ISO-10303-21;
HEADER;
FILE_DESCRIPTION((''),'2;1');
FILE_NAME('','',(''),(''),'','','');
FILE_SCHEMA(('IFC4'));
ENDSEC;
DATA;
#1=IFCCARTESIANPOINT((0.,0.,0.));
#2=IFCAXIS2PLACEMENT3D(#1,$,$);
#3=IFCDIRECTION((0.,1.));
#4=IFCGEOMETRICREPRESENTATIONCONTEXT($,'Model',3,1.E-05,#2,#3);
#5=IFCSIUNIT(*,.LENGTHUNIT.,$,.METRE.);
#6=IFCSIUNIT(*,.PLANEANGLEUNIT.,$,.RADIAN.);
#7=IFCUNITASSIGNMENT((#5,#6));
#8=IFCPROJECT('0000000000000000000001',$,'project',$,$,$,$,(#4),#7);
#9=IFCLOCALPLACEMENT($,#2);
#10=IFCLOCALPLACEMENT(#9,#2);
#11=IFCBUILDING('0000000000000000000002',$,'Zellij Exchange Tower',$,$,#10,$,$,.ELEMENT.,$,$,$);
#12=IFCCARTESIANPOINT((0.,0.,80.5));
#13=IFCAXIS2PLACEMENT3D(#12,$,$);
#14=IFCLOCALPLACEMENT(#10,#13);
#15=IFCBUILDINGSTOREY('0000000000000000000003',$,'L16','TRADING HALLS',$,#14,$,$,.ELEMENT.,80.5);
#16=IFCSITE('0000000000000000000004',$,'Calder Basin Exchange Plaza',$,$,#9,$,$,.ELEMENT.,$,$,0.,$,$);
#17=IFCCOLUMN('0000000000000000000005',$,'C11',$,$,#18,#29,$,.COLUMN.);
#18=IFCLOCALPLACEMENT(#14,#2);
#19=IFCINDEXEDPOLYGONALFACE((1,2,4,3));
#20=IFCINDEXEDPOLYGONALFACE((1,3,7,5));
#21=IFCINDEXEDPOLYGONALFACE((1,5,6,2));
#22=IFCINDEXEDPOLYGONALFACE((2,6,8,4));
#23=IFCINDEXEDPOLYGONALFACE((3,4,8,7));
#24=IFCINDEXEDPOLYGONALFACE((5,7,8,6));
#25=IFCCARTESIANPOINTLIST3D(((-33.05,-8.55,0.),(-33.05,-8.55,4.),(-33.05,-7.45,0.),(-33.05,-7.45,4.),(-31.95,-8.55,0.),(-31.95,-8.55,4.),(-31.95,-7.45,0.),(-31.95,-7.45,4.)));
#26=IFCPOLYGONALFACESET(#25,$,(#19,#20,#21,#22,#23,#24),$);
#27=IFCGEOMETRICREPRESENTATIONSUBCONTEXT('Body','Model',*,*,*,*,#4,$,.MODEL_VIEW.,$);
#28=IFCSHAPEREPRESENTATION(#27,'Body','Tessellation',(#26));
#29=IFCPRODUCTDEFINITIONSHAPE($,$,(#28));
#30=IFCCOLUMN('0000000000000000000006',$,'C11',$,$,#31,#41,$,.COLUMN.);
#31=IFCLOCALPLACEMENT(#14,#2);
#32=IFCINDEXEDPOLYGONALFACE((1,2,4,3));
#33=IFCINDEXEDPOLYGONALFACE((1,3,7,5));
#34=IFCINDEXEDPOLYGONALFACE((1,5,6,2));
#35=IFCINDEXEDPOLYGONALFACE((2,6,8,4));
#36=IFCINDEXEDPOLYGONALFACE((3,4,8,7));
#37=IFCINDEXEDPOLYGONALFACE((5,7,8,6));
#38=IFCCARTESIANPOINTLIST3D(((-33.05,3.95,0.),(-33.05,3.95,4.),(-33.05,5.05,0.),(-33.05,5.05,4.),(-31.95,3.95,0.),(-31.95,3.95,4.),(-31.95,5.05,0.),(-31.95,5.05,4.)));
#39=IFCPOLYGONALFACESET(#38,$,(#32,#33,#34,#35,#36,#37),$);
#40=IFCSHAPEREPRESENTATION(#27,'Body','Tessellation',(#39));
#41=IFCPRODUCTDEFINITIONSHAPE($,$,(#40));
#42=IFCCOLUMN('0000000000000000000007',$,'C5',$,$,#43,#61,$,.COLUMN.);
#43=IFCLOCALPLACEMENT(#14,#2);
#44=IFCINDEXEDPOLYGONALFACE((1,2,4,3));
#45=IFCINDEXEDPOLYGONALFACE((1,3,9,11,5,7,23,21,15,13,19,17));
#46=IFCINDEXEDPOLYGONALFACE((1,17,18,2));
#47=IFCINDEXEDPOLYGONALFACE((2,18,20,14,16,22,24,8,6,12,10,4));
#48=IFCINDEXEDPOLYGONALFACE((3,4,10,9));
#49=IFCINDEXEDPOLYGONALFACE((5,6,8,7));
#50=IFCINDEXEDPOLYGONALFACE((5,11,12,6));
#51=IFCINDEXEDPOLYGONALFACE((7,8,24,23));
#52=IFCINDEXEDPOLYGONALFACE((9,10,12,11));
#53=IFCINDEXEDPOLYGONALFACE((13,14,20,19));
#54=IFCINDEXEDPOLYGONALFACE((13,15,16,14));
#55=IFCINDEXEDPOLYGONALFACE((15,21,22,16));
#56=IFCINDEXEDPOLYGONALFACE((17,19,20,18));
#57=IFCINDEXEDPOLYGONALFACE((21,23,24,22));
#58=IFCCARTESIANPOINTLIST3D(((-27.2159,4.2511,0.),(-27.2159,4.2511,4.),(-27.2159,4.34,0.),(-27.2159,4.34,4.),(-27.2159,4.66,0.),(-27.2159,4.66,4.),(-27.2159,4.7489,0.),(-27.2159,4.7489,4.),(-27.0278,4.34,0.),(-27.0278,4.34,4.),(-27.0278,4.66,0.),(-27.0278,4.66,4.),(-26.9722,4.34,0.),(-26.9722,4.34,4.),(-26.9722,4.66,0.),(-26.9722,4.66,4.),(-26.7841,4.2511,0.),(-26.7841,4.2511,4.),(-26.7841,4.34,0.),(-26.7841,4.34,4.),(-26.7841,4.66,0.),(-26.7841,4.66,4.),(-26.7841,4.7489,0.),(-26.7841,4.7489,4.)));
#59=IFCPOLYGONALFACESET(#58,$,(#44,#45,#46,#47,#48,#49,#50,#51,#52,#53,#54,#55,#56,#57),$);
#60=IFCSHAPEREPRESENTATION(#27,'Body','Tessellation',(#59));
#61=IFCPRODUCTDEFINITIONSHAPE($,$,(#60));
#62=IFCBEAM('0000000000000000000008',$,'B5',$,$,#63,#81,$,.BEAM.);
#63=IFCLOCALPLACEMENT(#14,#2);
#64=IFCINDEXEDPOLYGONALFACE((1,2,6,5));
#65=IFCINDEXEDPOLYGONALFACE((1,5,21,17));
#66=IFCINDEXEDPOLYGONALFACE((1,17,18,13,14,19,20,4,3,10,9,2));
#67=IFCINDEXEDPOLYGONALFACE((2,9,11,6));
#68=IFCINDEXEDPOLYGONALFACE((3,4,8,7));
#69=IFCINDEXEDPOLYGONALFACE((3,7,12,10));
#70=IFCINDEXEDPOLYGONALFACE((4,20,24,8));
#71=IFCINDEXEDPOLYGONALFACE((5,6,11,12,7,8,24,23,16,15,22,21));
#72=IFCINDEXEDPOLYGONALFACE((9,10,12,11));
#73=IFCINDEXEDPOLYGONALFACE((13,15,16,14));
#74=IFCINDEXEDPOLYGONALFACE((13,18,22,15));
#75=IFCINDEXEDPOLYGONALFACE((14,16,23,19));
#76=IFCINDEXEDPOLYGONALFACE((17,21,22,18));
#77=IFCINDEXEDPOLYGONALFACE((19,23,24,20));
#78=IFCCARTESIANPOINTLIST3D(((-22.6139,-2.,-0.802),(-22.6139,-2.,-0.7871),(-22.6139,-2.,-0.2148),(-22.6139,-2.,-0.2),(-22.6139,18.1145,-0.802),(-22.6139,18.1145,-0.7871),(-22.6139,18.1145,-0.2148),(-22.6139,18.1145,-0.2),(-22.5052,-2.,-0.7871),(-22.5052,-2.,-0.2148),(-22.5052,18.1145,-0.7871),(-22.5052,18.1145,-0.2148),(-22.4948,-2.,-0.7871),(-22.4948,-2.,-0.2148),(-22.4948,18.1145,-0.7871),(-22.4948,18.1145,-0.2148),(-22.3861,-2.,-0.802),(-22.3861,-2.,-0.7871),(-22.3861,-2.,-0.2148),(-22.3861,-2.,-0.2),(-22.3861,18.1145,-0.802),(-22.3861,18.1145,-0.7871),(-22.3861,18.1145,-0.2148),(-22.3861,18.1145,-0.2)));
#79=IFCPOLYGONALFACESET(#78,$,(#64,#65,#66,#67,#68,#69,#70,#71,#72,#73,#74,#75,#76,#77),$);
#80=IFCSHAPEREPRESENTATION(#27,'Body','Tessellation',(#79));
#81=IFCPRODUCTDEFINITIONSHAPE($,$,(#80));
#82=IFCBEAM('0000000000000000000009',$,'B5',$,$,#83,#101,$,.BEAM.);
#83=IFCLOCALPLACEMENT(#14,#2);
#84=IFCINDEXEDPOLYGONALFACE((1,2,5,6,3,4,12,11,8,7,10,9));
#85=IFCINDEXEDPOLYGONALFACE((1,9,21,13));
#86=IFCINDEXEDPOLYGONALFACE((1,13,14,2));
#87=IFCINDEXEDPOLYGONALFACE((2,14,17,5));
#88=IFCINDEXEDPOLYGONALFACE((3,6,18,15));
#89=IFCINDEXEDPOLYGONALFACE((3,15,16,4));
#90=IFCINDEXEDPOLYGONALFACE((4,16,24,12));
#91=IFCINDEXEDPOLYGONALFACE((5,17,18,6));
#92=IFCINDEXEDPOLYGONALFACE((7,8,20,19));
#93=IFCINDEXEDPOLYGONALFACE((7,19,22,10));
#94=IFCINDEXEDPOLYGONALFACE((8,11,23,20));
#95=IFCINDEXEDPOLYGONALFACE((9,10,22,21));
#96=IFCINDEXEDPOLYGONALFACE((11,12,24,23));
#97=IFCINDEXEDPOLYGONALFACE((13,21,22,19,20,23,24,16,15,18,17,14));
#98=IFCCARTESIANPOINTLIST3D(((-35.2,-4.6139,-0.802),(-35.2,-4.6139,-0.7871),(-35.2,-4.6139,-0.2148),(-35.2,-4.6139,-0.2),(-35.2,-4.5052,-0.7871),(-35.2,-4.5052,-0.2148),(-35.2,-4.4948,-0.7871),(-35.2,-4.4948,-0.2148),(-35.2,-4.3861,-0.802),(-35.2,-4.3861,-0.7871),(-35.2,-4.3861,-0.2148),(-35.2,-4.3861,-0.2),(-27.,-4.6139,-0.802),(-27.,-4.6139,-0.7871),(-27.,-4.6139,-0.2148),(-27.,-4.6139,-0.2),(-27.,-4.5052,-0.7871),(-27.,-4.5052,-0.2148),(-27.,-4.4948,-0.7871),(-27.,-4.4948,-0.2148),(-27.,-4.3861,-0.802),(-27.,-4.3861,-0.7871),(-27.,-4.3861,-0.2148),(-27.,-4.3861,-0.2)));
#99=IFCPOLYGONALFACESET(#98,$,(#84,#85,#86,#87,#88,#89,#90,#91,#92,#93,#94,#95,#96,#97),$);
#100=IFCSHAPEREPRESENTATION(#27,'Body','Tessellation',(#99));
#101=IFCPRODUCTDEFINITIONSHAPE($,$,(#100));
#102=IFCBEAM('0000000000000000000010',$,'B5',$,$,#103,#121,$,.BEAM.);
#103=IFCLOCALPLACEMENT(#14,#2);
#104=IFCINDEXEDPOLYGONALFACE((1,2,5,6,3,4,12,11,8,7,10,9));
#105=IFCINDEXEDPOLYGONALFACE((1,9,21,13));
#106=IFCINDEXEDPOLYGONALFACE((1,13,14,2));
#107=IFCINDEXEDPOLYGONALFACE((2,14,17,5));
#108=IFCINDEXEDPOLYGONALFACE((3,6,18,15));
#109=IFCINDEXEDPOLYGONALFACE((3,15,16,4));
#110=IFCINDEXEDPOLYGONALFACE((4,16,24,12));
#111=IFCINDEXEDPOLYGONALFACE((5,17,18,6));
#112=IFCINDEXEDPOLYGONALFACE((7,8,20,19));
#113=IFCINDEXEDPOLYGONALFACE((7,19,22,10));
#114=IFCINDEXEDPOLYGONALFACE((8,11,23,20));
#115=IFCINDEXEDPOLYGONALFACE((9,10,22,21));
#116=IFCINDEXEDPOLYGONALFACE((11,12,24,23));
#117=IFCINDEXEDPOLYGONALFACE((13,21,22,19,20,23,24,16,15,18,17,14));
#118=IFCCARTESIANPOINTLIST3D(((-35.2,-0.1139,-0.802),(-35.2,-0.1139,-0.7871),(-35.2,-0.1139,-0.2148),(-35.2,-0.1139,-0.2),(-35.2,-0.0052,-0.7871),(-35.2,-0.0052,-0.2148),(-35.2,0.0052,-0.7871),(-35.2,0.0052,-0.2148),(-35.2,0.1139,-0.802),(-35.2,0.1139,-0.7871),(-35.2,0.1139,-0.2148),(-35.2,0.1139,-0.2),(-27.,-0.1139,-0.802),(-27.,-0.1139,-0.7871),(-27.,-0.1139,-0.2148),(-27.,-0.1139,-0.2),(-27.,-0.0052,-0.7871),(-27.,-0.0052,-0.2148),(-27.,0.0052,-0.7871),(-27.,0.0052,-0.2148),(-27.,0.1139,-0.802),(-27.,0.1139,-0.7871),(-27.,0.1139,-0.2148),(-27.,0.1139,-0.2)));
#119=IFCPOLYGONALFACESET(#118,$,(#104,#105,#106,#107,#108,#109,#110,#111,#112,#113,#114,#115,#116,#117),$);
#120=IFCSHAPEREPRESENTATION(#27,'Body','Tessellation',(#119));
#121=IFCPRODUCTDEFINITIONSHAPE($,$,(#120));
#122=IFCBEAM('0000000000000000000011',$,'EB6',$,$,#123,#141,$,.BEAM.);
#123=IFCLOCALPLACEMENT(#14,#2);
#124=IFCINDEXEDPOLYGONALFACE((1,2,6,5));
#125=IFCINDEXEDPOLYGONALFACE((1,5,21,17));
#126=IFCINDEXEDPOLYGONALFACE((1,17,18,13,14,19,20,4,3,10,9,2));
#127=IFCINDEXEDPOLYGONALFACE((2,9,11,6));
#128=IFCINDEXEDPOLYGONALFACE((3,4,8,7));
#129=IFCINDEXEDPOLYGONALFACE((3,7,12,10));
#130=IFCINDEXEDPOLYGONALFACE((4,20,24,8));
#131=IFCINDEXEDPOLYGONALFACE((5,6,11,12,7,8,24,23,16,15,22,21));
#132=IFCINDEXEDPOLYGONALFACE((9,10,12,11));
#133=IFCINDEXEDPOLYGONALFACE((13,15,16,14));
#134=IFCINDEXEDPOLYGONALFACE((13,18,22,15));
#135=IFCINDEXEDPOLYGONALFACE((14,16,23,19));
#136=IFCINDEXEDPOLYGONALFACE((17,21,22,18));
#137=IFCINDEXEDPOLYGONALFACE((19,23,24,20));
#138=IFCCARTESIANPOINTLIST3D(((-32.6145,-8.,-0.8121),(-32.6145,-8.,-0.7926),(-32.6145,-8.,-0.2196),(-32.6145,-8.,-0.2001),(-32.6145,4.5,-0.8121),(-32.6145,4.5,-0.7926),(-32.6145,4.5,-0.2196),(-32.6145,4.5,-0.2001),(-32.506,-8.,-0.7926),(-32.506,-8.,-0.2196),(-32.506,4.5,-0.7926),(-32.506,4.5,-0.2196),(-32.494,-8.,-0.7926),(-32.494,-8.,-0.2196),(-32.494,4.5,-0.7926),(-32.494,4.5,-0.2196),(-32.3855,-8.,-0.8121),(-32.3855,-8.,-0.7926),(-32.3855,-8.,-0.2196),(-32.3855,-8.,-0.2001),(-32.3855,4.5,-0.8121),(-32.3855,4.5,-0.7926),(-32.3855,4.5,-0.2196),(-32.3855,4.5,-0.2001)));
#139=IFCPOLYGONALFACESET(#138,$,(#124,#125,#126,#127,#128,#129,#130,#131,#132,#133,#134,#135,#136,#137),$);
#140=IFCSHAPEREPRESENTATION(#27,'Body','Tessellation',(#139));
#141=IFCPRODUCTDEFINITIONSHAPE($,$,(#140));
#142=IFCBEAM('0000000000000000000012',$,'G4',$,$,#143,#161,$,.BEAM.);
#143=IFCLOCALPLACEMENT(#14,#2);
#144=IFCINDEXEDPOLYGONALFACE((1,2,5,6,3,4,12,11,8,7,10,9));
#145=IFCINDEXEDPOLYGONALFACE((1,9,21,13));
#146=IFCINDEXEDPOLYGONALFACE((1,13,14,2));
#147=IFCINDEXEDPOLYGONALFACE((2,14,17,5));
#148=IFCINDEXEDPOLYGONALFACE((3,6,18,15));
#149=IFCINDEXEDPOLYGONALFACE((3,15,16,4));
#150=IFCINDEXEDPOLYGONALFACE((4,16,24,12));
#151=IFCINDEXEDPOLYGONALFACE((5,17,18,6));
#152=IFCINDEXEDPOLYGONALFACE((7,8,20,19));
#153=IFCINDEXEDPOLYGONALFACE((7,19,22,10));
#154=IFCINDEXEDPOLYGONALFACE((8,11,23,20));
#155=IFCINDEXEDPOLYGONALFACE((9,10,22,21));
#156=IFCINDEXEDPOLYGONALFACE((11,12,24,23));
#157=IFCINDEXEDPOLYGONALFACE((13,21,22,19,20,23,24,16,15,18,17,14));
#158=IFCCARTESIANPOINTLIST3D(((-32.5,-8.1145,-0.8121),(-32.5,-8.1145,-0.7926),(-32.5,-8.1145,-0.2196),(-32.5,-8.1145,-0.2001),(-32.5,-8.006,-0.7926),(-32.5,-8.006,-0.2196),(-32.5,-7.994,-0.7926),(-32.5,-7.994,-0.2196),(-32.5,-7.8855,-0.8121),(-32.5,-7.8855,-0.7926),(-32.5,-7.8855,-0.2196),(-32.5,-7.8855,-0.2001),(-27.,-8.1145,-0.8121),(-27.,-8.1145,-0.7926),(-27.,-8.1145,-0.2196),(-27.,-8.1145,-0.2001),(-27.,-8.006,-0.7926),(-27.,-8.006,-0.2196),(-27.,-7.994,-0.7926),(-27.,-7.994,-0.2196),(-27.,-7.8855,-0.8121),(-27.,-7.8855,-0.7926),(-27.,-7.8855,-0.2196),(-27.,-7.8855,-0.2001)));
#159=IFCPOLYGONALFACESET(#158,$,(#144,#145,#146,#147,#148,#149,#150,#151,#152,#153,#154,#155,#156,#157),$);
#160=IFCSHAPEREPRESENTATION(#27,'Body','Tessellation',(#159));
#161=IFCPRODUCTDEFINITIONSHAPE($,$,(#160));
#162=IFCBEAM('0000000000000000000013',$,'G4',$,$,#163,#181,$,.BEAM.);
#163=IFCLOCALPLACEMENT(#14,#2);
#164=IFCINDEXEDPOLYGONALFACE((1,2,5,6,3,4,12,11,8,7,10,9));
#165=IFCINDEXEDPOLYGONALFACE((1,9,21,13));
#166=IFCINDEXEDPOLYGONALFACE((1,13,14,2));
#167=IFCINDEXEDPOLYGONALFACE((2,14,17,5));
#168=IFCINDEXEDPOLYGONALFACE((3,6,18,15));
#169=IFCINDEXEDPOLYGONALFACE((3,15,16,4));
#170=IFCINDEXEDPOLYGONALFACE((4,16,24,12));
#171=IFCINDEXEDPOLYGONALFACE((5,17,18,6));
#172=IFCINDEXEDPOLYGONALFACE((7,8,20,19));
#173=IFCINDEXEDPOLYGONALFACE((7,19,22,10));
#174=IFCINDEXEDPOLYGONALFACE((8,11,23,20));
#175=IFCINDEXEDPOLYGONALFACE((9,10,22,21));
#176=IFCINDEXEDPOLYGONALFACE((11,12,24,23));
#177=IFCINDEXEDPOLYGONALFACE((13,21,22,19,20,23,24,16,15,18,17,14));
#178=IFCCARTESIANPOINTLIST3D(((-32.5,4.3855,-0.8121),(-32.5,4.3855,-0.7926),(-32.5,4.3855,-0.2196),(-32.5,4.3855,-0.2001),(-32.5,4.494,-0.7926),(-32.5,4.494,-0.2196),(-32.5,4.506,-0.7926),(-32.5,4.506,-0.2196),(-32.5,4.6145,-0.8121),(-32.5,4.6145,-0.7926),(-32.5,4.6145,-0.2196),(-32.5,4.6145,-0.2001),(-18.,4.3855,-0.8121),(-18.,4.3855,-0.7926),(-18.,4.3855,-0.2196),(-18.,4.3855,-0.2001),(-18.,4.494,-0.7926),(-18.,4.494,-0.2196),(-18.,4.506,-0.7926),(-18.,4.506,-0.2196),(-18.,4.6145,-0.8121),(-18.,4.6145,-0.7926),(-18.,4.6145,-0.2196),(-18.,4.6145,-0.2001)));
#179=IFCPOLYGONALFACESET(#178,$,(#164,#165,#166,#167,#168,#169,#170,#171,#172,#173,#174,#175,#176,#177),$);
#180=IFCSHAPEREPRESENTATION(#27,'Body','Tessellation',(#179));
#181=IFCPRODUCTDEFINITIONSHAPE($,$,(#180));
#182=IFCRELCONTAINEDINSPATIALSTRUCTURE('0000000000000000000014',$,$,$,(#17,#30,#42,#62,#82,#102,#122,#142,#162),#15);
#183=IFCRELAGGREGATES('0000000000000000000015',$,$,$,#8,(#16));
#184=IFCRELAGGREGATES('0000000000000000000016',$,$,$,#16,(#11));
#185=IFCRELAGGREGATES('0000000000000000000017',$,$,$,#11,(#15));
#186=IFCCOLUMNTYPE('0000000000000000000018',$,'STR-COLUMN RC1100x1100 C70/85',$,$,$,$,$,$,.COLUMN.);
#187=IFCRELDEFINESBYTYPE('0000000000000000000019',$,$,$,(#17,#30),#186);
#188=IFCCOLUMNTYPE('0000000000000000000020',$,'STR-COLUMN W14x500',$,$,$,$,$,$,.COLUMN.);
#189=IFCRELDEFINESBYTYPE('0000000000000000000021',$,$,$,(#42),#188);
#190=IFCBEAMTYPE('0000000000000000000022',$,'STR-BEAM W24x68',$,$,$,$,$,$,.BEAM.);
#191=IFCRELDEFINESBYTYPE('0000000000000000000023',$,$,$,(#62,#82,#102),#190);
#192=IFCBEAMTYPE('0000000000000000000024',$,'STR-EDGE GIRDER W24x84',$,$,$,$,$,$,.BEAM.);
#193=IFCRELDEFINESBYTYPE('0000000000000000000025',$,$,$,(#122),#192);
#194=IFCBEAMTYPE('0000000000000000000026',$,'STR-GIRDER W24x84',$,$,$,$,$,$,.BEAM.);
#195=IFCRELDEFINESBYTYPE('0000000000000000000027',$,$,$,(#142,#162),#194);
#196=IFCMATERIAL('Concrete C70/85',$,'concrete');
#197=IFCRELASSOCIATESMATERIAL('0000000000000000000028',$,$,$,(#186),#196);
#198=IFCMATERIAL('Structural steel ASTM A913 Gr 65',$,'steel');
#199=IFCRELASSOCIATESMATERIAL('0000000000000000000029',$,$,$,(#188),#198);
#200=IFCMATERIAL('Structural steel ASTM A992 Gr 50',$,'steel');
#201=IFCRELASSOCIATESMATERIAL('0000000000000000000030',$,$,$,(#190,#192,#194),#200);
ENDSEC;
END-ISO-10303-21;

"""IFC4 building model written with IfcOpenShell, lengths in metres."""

from ifc_helpers import new_model, si_unit, direction, frame, origin, origin_2d, place, context, subcontext, project, spatial, rectangle, i_section, extrude, material, material_profile, profile_set, type_object, element, save


model = new_model("IFC4")

# Units and contexts
model_context = context("Model", 3, precision=1e-05, world=origin(), true_north=direction((0.0, 1.0)))
body_context = subcontext(model_context, "Body", "Model", "MODEL_VIEW")
ifc_project = project(units=[si_unit("LENGTHUNIT", "METRE"), si_unit("PLANEANGLEUNIT", "RADIAN")], contexts=[model_context])

# Site, building, storey
site_placement = place(None, origin())
site = spatial("IfcSite", under=ifc_project, at=site_placement, Name="Calder Basin Exchange Plaza", CompositionType="ELEMENT", RefElevation=0.0)
building_placement = place(site_placement, origin())
building = spatial("IfcBuilding", under=site, at=building_placement, Name="Zellij Exchange Tower", CompositionType="ELEMENT")
storey_placement = place(building_placement, frame((0.0, 0.0, 80.5)))
storey = spatial("IfcBuildingStorey", under=building, at=storey_placement, Name="L16", Description="TRADING HALLS", CompositionType="ELEMENT", Elevation=80.5)

# Columns
ifc_material_1 = material(Name="Concrete C70/85", Category="concrete")
ifc_material_profile_1 = material_profile(ifc_material_1, rectangle(XDim=1.1001, YDim=1.1001, at=origin_2d()), Name="STR-COLUMN RC1100x1100 C70/85")
ifc_profile_set_1 = profile_set([ifc_material_profile_1], Name="Concrete C70/85")
column_type_1 = type_object("IfcColumnType", Name="STR-COLUMN RC1100x1100 C70/85", PredefinedType="COLUMN", material=ifc_profile_set_1)
for number, where, z_axis, x_axis, name in (
    (1, (-32.5, -8.0, 0.0), (0.0, 0.0, 1.0), (1.0, 0.0, 0.0), "C11"),
    (2, (-32.5, 4.5, 0.0), (0.0, 0.0, 1.0), (1.0, 0.0, 0.0), "C11"),
):
    element("IfcColumn", number, at=place(storey_placement, frame(where, z_axis=z_axis, x_axis=x_axis)), inside=storey, type_object=column_type_1, Name=name, PredefinedType="COLUMN", context=body_context, shape_type="SweptSolid", body=[
        extrude(rectangle(XDim=1.1001, YDim=1.1001, at=origin_2d()), origin(), (0.0, 0.0, 1.0), 4.0),
    ])
ifc_material_2 = material(Name="Structural steel ASTM A913 Gr 65", Category="steel")
ifc_material_profile_2 = material_profile(ifc_material_2, i_section(OverallWidth=0.4319, OverallDepth=0.4978, WebThickness=0.0557, FlangeThickness=0.0889, at=origin_2d()), Name="W14x500")
ifc_profile_set_2 = profile_set([ifc_material_profile_2], Name="Structural steel ASTM A913 Gr 65")
column_type_2 = type_object("IfcColumnType", Name="STR-COLUMN W14x500", PredefinedType="COLUMN", material=ifc_profile_set_2)
column_placement = place(storey_placement, frame((-27.0, 4.5, 0.0), z_axis=(0.0, 0.0, 1.0), x_axis=(1.0, 0.0, 0.0)))
element("IfcColumn", 3, at=column_placement, inside=storey, type_object=column_type_2, Name="C5", PredefinedType="COLUMN", context=body_context, shape_type="SweptSolid", body=[
    extrude(i_section(OverallWidth=0.4319, OverallDepth=0.4978, WebThickness=0.0557, FlangeThickness=0.0889, at=origin_2d()), origin(), (0.0, 0.0, 1.0), 4.0),
])

# Beams
ifc_material_3 = material(Name="Structural steel ASTM A992 Gr 50", Category="steel")
ifc_material_profile_3 = material_profile(ifc_material_3, i_section(OverallWidth=0.2278, OverallDepth=0.6021, WebThickness=0.0105, FlangeThickness=0.0149, at=origin_2d()), Name="W24x68")
ifc_profile_set_3 = profile_set([ifc_material_profile_3], Name="Structural steel ASTM A992 Gr 50")
beam_type_1 = type_object("IfcBeamType", Name="STR-BEAM W24x68", PredefinedType="BEAM", material=ifc_profile_set_3)
beam_1_placement = place(storey_placement, frame((-22.5, -2.0, -0.501), z_axis=(0.0, 1.0, 0.0), x_axis=(-1.0, 0.0, 0.0)))
element("IfcBeam", 4, at=beam_1_placement, inside=storey, type_object=beam_type_1, Name="B5", PredefinedType="BEAM", context=body_context, shape_type="SweptSolid", body=[
    extrude(i_section(OverallWidth=0.2278, OverallDepth=0.6021, WebThickness=0.0105, FlangeThickness=0.0149, at=origin_2d()), origin(), (0.0, 0.0, 1.0), 20.1145),
])
for number, where, z_axis, x_axis, name in (
    (5, (-35.2, -4.5, -0.501), (1.0, 0.0, 0.0), (0.0, 1.0, 0.0), "B5"),
    (6, (-35.2, 0.0, -0.501), (1.0, 0.0, 0.0), (0.0, 1.0, 0.0), "B5"),
):
    element("IfcBeam", number, at=place(storey_placement, frame(where, z_axis=z_axis, x_axis=x_axis)), inside=storey, type_object=beam_type_1, Name=name, PredefinedType="BEAM", context=body_context, shape_type="SweptSolid", body=[
        extrude(i_section(OverallWidth=0.2278, OverallDepth=0.6021, WebThickness=0.0105, FlangeThickness=0.0149, at=origin_2d()), origin(), (0.0, 0.0, 1.0), 8.2),
    ])
ifc_material_profile_4 = material_profile(ifc_material_3, i_section(OverallWidth=0.229, OverallDepth=0.6121, WebThickness=0.012, FlangeThickness=0.0195, at=origin_2d()), Name="W24x84")
ifc_profile_set_4 = profile_set([ifc_material_profile_4], Name="Structural steel ASTM A992 Gr 50")
beam_type_2 = type_object("IfcBeamType", Name="STR-EDGE GIRDER W24x84", PredefinedType="BEAM", material=ifc_profile_set_4)
beam_2_placement = place(storey_placement, frame((-32.5, -8.0, -0.5061), z_axis=(0.0, 1.0, 0.0), x_axis=(-1.0, 0.0, 0.0)))
element("IfcBeam", 7, at=beam_2_placement, inside=storey, type_object=beam_type_2, Name="EB6", PredefinedType="BEAM", context=body_context, shape_type="SweptSolid", body=[
    extrude(i_section(OverallWidth=0.229, OverallDepth=0.6121, WebThickness=0.012, FlangeThickness=0.0195, at=origin_2d()), origin(), (0.0, 0.0, 1.0), 12.5),
])
ifc_material_profile_5 = material_profile(ifc_material_3, i_section(OverallWidth=0.229, OverallDepth=0.6121, WebThickness=0.012, FlangeThickness=0.0195, at=origin_2d()), Name="W24x84")
ifc_profile_set_5 = profile_set([ifc_material_profile_5], Name="Structural steel ASTM A992 Gr 50")
beam_type_3 = type_object("IfcBeamType", Name="STR-GIRDER W24x84", PredefinedType="BEAM", material=ifc_profile_set_5)
beam_3_placement = place(storey_placement, frame((-32.5, -8.0, -0.5061), z_axis=(1.0, 0.0, 0.0), x_axis=(0.0, 1.0, 0.0)))
element("IfcBeam", 8, at=beam_3_placement, inside=storey, type_object=beam_type_3, Name="G4", PredefinedType="BEAM", context=body_context, shape_type="SweptSolid", body=[
    extrude(i_section(OverallWidth=0.229, OverallDepth=0.6121, WebThickness=0.012, FlangeThickness=0.0195, at=origin_2d()), origin(), (0.0, 0.0, 1.0), 5.5),
])
beam_4_placement = place(storey_placement, frame((-32.5, 4.5, -0.5061), z_axis=(1.0, 0.0, 0.0), x_axis=(0.0, 1.0, 0.0)))
element("IfcBeam", 9, at=beam_4_placement, inside=storey, type_object=beam_type_3, Name="G4", PredefinedType="BEAM", context=body_context, shape_type="SweptSolid", body=[
    extrude(i_section(OverallWidth=0.229, OverallDepth=0.6121, WebThickness=0.012, FlangeThickness=0.0195, at=origin_2d()), origin(), (0.0, 0.0, 1.0), 14.5),
])

save(model, "model.ifc")
